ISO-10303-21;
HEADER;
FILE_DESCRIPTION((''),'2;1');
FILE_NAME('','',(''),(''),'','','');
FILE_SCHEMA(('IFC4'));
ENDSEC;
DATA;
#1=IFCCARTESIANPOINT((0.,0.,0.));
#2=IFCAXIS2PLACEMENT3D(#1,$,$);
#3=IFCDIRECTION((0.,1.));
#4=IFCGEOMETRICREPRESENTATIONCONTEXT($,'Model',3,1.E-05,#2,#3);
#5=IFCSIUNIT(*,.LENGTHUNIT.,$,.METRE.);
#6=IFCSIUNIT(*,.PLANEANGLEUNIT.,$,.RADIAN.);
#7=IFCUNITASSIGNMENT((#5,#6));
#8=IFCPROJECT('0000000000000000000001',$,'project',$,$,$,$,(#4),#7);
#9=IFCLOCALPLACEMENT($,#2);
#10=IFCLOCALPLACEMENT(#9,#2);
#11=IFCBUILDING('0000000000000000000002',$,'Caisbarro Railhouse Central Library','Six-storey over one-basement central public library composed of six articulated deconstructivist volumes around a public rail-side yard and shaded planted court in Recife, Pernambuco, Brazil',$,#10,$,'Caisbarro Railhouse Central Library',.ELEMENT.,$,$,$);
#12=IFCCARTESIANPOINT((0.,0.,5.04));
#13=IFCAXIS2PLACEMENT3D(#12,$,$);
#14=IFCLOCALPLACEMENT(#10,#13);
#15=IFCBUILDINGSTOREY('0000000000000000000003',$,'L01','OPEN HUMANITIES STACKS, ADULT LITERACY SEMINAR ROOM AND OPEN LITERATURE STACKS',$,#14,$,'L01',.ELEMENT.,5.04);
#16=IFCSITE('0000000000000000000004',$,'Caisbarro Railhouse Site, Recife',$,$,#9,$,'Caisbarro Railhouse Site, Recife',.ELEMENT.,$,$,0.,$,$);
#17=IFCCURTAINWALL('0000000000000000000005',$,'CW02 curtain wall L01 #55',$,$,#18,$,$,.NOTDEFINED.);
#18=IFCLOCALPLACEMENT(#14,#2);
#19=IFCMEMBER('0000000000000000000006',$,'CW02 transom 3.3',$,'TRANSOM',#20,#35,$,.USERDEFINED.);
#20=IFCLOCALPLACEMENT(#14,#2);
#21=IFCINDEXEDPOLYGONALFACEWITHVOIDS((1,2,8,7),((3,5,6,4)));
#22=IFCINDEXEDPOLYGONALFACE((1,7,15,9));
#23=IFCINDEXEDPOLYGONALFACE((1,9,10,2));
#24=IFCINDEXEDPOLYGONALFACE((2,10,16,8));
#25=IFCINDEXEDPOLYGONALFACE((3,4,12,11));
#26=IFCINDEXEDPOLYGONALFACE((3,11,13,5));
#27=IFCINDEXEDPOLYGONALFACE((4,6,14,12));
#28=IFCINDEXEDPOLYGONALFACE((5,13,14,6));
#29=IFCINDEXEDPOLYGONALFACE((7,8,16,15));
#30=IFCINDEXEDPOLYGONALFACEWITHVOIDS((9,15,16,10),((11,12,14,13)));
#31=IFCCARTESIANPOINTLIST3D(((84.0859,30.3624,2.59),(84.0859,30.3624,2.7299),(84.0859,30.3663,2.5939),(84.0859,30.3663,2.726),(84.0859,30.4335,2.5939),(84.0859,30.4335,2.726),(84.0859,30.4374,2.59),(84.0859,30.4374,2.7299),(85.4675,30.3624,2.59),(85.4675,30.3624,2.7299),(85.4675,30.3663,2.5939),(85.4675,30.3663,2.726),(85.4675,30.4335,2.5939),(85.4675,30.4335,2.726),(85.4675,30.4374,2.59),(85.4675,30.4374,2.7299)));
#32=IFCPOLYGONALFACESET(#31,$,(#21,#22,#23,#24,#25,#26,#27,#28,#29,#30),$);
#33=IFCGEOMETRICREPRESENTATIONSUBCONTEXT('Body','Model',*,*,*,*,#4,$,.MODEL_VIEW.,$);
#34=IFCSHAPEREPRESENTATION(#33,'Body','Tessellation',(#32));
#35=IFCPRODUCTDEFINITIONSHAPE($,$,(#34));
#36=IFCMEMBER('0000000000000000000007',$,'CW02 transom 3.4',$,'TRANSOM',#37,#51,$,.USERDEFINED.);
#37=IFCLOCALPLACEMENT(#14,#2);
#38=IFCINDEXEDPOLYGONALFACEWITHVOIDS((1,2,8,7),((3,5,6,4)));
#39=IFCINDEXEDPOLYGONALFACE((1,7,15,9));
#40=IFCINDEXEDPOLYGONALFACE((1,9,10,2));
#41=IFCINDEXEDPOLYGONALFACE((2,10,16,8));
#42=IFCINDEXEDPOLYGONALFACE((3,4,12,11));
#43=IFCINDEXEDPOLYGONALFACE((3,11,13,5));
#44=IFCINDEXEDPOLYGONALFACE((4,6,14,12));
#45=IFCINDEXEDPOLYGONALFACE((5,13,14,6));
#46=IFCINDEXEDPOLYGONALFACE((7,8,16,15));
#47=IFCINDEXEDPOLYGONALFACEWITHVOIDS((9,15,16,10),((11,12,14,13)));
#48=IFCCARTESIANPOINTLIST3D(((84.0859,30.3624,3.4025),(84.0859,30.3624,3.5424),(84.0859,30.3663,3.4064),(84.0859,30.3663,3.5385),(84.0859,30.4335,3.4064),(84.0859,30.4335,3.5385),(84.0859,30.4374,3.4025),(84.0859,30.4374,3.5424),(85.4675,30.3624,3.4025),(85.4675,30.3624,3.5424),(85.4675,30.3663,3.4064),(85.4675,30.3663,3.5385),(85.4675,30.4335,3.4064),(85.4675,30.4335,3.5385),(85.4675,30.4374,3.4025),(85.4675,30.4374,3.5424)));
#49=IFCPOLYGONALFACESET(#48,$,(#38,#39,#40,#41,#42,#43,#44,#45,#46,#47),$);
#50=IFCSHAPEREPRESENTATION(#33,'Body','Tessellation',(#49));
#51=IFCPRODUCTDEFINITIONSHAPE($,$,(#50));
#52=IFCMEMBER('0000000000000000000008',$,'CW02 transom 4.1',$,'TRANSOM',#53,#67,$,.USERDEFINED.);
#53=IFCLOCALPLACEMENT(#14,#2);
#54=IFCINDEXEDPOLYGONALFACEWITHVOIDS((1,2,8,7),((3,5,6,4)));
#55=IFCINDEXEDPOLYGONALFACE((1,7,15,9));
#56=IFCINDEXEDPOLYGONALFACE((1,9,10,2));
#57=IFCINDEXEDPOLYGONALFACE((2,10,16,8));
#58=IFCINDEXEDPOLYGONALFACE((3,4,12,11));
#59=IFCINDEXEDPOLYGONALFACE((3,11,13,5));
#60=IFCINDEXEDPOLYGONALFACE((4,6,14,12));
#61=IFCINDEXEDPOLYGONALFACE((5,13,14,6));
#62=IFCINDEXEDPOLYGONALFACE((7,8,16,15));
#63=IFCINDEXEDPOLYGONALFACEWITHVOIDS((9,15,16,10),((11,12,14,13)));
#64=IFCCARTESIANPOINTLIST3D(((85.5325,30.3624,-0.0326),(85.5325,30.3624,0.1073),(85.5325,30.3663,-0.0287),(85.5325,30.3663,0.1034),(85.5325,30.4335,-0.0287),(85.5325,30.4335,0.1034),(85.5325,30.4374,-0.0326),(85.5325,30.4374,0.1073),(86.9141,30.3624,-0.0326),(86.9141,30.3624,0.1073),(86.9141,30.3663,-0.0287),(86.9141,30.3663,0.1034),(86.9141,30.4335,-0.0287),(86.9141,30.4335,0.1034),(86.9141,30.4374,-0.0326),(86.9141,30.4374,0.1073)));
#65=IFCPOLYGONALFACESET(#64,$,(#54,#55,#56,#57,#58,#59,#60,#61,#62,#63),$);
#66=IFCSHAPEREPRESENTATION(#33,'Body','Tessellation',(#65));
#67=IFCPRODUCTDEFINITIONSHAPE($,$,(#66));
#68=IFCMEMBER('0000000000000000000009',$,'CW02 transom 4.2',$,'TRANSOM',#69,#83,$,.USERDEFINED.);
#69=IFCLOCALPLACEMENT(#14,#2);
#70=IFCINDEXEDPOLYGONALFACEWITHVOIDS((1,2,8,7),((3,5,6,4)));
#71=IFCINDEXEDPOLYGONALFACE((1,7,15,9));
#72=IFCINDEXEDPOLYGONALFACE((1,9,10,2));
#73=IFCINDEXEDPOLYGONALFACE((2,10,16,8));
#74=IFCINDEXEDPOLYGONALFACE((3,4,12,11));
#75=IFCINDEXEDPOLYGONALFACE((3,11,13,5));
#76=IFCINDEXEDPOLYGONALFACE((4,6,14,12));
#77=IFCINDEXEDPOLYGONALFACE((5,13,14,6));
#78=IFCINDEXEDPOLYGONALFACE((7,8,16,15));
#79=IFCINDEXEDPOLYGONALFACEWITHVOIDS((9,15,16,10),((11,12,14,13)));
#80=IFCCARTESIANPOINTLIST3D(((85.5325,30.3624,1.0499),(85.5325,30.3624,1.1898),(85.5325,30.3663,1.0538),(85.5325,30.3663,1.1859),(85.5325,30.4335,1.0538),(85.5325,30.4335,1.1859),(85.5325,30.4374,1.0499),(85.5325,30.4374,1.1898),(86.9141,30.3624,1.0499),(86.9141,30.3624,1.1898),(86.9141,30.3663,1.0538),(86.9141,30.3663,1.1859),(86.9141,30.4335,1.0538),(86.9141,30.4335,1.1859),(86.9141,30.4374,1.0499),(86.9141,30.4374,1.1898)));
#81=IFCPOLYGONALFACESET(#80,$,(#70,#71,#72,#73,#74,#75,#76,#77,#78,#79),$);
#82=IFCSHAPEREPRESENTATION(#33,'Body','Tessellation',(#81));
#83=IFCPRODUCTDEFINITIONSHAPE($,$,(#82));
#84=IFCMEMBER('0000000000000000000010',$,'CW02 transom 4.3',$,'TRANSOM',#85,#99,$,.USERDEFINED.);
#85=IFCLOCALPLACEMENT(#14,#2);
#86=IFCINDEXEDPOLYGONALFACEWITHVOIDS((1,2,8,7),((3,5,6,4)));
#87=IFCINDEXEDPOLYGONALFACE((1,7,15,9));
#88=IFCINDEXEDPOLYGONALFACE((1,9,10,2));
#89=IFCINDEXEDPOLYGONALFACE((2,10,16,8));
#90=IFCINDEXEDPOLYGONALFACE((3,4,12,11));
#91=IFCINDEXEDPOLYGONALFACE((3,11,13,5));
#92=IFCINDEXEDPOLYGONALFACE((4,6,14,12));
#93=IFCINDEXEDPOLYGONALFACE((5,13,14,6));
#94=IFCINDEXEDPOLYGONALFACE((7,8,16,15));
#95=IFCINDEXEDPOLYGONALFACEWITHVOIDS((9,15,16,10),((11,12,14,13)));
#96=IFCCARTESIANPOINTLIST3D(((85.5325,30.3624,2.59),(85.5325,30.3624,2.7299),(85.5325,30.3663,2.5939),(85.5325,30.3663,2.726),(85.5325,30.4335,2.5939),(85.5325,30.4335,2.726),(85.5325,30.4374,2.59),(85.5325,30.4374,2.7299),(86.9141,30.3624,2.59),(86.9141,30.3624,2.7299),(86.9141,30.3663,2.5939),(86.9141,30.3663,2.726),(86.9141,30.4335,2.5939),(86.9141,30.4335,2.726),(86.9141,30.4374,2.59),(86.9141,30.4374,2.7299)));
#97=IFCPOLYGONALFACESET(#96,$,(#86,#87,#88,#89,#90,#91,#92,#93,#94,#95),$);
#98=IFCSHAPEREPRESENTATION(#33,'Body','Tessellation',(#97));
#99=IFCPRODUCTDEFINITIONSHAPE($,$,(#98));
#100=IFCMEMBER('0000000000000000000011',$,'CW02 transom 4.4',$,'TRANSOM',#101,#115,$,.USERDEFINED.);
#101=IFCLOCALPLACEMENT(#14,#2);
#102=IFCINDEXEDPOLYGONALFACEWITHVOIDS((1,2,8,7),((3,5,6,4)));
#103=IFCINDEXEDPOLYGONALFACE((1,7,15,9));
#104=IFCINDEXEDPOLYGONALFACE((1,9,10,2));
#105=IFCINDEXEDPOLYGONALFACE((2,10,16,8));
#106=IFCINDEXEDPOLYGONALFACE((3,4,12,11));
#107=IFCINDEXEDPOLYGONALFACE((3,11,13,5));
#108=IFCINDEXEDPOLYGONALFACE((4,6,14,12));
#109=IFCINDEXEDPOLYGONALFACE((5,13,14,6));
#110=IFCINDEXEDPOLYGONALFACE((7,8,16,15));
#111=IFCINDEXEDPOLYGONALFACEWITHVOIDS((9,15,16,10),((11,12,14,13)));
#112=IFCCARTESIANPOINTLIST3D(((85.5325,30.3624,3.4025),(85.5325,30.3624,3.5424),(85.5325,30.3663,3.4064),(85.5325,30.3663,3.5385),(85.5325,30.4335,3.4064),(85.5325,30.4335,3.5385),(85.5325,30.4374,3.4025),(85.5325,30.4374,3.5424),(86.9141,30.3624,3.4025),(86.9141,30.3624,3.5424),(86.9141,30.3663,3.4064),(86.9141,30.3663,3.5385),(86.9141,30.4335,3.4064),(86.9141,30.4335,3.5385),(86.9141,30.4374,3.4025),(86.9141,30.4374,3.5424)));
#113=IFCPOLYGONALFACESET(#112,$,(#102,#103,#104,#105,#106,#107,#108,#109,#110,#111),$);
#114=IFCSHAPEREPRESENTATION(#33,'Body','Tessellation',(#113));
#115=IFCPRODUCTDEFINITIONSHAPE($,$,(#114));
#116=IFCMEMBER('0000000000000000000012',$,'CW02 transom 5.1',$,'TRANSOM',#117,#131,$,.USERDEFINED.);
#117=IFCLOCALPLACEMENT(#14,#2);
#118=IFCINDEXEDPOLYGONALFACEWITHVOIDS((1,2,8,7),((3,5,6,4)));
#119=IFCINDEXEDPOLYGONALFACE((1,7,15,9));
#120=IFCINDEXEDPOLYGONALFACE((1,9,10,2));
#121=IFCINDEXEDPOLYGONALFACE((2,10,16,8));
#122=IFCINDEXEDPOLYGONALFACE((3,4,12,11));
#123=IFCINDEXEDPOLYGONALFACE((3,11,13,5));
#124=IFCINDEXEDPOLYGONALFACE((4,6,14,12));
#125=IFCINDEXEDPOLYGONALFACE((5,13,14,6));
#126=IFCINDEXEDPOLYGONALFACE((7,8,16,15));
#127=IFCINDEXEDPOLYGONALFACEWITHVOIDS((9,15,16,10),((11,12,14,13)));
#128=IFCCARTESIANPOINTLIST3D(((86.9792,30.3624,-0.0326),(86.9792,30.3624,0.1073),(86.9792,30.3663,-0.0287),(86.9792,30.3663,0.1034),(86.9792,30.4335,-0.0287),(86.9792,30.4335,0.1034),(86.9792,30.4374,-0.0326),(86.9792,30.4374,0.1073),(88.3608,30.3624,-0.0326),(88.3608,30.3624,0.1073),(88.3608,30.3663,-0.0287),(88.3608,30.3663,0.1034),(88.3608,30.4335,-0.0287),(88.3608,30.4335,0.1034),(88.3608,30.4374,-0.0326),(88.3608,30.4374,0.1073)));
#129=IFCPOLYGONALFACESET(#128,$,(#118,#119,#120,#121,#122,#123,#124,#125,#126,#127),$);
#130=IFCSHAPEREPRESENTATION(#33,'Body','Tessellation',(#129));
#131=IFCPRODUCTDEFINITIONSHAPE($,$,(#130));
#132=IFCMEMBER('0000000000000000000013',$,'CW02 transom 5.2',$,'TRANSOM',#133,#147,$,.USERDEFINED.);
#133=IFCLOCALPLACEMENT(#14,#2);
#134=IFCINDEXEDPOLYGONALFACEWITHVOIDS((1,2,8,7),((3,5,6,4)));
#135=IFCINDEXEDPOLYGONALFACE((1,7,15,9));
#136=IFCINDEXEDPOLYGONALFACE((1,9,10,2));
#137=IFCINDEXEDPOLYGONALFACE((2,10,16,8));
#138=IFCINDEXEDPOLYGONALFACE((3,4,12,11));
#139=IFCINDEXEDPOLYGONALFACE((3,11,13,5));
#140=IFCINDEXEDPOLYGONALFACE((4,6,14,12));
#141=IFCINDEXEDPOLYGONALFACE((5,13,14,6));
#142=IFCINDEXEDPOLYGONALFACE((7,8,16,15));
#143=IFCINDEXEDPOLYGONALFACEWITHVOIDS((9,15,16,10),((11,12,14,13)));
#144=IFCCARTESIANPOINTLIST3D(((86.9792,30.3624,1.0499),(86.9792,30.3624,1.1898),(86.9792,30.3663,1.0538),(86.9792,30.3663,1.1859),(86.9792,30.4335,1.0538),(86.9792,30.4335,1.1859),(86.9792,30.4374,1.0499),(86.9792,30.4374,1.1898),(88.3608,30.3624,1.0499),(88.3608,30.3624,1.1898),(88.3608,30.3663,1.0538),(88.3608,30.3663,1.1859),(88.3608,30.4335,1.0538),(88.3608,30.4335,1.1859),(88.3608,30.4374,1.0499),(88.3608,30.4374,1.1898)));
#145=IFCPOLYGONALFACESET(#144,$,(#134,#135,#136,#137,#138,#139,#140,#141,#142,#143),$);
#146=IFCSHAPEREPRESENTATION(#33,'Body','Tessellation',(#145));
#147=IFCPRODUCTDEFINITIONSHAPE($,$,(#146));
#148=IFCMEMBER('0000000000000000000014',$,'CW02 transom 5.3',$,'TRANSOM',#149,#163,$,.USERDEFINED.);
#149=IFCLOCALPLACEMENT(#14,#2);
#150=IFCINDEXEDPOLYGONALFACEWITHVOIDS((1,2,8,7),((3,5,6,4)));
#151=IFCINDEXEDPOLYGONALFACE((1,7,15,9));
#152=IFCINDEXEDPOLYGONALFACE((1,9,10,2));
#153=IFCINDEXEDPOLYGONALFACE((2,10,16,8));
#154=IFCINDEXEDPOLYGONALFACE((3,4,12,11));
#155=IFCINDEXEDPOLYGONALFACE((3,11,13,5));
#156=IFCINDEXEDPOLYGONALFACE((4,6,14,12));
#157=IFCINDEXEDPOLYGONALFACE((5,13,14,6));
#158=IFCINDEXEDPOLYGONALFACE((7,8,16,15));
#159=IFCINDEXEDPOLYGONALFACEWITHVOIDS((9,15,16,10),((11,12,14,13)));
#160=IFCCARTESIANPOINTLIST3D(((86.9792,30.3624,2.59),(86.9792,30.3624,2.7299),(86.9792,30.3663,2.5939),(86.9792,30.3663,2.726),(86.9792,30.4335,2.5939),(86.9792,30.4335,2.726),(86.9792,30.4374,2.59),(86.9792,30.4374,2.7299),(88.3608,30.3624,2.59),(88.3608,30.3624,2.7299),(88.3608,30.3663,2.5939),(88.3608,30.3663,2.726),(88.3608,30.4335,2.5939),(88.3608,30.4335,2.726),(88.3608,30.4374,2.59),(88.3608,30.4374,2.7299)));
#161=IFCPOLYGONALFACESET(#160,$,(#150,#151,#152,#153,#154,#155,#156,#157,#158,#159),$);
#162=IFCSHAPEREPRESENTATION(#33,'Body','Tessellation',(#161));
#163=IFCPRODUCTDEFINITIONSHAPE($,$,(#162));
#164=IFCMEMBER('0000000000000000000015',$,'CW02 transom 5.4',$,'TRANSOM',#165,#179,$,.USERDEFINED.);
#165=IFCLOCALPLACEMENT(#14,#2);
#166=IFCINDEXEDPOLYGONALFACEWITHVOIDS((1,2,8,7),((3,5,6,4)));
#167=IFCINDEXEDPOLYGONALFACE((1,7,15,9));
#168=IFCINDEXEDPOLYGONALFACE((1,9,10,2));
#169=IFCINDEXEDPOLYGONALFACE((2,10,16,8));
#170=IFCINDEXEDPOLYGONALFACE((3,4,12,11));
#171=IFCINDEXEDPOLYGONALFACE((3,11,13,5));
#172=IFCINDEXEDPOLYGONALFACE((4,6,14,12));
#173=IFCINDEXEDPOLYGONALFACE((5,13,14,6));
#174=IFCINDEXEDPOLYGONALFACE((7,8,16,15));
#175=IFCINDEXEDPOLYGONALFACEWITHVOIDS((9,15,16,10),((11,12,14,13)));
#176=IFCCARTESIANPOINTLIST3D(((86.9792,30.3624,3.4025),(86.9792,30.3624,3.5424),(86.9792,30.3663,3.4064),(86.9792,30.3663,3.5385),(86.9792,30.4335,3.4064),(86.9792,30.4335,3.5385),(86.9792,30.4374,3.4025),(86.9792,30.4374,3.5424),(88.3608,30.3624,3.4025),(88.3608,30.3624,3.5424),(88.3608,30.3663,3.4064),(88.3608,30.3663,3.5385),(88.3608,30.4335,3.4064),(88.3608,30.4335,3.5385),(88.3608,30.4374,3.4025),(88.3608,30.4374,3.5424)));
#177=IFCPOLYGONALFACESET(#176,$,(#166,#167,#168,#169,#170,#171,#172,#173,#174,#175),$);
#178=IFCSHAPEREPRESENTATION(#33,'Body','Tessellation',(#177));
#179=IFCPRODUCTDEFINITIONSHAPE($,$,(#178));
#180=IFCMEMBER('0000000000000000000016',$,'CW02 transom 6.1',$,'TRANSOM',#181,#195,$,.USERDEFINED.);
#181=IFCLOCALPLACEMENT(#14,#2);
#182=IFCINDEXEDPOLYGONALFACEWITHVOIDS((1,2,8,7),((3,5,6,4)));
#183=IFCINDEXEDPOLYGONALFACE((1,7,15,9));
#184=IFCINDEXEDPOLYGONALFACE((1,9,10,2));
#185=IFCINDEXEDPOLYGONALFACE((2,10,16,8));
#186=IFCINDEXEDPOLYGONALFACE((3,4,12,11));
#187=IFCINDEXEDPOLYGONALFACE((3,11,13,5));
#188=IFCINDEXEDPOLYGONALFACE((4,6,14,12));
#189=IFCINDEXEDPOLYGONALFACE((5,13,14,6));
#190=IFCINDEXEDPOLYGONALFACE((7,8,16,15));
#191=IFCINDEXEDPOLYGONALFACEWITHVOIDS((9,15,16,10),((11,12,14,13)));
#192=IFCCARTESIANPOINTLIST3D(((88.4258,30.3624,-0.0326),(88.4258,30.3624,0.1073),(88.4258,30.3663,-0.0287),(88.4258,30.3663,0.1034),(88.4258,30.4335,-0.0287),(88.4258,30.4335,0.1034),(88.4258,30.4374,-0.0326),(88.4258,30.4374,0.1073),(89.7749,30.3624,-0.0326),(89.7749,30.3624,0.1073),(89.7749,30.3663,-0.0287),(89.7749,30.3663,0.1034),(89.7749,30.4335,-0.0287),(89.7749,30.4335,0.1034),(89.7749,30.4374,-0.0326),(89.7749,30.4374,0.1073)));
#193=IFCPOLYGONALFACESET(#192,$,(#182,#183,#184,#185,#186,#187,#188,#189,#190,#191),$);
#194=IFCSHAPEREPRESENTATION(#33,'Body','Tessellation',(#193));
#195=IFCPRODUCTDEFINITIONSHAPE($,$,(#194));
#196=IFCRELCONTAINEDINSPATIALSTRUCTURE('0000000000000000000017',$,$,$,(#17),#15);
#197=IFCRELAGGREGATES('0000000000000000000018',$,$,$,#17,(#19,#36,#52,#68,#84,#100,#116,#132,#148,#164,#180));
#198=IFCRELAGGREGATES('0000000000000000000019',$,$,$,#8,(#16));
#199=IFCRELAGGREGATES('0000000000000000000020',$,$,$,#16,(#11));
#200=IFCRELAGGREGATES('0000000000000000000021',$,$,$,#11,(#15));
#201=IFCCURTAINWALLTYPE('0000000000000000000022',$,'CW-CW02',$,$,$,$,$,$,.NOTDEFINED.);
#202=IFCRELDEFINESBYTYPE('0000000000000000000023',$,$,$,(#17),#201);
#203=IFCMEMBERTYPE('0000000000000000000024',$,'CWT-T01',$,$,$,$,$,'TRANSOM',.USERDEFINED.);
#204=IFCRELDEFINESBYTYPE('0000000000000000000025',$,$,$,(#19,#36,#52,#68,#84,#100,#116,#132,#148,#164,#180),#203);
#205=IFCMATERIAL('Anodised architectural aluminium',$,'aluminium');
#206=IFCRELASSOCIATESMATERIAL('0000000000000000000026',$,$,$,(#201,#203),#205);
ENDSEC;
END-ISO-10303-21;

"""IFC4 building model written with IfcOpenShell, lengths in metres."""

from ifc_helpers import new_model, si_unit, direction, frame, origin, origin_2d, place, context, subcontext, project, spatial, hollow_rectangle, extrude, material, material_profile, profile_set, type_object, element, aggregate, save


model = new_model("IFC4")

# Units and contexts
model_context = context("Model", 3, precision=1e-05, world=origin(), true_north=direction((0.0, 1.0)))
body_context = subcontext(model_context, "Body", "Model", "MODEL_VIEW")
ifc_project = project(units=[si_unit("LENGTHUNIT", "METRE"), si_unit("PLANEANGLEUNIT", "RADIAN")], contexts=[model_context])

# Site, building, storey
site_placement = place(None, origin())
site = spatial("IfcSite", under=ifc_project, at=site_placement, Name="Caisbarro Railhouse Site, Recife", LongName="Caisbarro Railhouse Site, Recife", CompositionType="ELEMENT", RefElevation=0.0)
building_placement = place(site_placement, origin())
building = spatial("IfcBuilding", under=site, at=building_placement, Name="Caisbarro Railhouse Central Library", Description="Six-storey over one-basement central public library composed of six articulated deconstructivist volumes around a public rail-side yard and shaded planted court in Recife, Pernambuco, Brazil", LongName="Caisbarro Railhouse Central Library", CompositionType="ELEMENT")
storey_placement = place(building_placement, frame((0.0, 0.0, 5.04)))
storey = spatial("IfcBuildingStorey", under=building, at=storey_placement, Name="L01", Description="OPEN HUMANITIES STACKS, ADULT LITERACY SEMINAR ROOM AND OPEN LITERATURE STACKS", LongName="L01", CompositionType="ELEMENT", Elevation=5.04)

# Curtain wall, members
ifc_material_1 = material(Name="Anodised architectural aluminium", Category="aluminium")
curtain_wall_type = type_object("IfcCurtainWallType", Name="CW-CW02", PredefinedType="NOTDEFINED", material=ifc_material_1)
curtain_wall_placement = place(storey_placement, origin())
curtain_wall = element("IfcCurtainWall", 1, at=curtain_wall_placement, inside=storey, type_object=curtain_wall_type, Name="CW02 curtain wall L01 #55", PredefinedType="NOTDEFINED")
ifc_material_profile_1 = material_profile(ifc_material_1, hollow_rectangle(XDim=0.075, YDim=0.1399, WallThickness=0.0039, at=origin_2d()), Name="ALU-TRN-75X140")
ifc_profile_set_1 = profile_set([ifc_material_profile_1], Name="Anodised architectural aluminium")
member_type_1 = type_object("IfcMemberType", Name="CWT-T01", ElementType="TRANSOM", PredefinedType="USERDEFINED", material=ifc_profile_set_1)
member_1_placement = place(storey_placement, frame((84.0859, 30.3999, 2.6599), z_axis=(1.0, 0.0, 0.0), x_axis=(0.0, 1.0, 0.0)))
member_1 = element("IfcMember", 2, at=member_1_placement, type_object=member_type_1, Name="CW02 transom 3.3", ObjectType="TRANSOM", PredefinedType="USERDEFINED", context=body_context, shape_type="SweptSolid", body=[
    extrude(hollow_rectangle(XDim=0.075, YDim=0.1399, WallThickness=0.0039, at=origin_2d()), origin(), (0.0, 0.0, 1.0), 1.3816),
])
member_2_placement = place(storey_placement, frame((84.0859, 30.3999, 3.4724), z_axis=(1.0, 0.0, 0.0), x_axis=(0.0, 1.0, 0.0)))
member_2 = element("IfcMember", 3, at=member_2_placement, type_object=member_type_1, Name="CW02 transom 3.4", ObjectType="TRANSOM", PredefinedType="USERDEFINED", context=body_context, shape_type="SweptSolid", body=[
    extrude(hollow_rectangle(XDim=0.075, YDim=0.1399, WallThickness=0.0039, at=origin_2d()), origin(), (0.0, 0.0, 1.0), 1.3816),
])
member_3_placement = place(storey_placement, frame((85.5325, 30.3999, 0.0374), z_axis=(1.0, 0.0, 0.0), x_axis=(0.0, 1.0, 0.0)))
member_3 = element("IfcMember", 4, at=member_3_placement, type_object=member_type_1, Name="CW02 transom 4.1", ObjectType="TRANSOM", PredefinedType="USERDEFINED", context=body_context, shape_type="SweptSolid", body=[
    extrude(hollow_rectangle(XDim=0.075, YDim=0.1399, WallThickness=0.0039, at=origin_2d()), origin(), (0.0, 0.0, 1.0), 1.3816),
])
member_4_placement = place(storey_placement, frame((85.5325, 30.3999, 1.1199), z_axis=(1.0, 0.0, 0.0), x_axis=(0.0, 1.0, 0.0)))
member_4 = element("IfcMember", 5, at=member_4_placement, type_object=member_type_1, Name="CW02 transom 4.2", ObjectType="TRANSOM", PredefinedType="USERDEFINED", context=body_context, shape_type="SweptSolid", body=[
    extrude(hollow_rectangle(XDim=0.075, YDim=0.1399, WallThickness=0.0039, at=origin_2d()), origin(), (0.0, 0.0, 1.0), 1.3816),
])
member_5_placement = place(storey_placement, frame((85.5325, 30.3999, 2.6599), z_axis=(1.0, 0.0, 0.0), x_axis=(0.0, 1.0, 0.0)))
member_5 = element("IfcMember", 6, at=member_5_placement, type_object=member_type_1, Name="CW02 transom 4.3", ObjectType="TRANSOM", PredefinedType="USERDEFINED", context=body_context, shape_type="SweptSolid", body=[
    extrude(hollow_rectangle(XDim=0.075, YDim=0.1399, WallThickness=0.0039, at=origin_2d()), origin(), (0.0, 0.0, 1.0), 1.3816),
])
member_6_placement = place(storey_placement, frame((85.5325, 30.3999, 3.4724), z_axis=(1.0, 0.0, 0.0), x_axis=(0.0, 1.0, 0.0)))
member_6 = element("IfcMember", 7, at=member_6_placement, type_object=member_type_1, Name="CW02 transom 4.4", ObjectType="TRANSOM", PredefinedType="USERDEFINED", context=body_context, shape_type="SweptSolid", body=[
    extrude(hollow_rectangle(XDim=0.075, YDim=0.1399, WallThickness=0.0039, at=origin_2d()), origin(), (0.0, 0.0, 1.0), 1.3816),
])
member_7_placement = place(storey_placement, frame((86.9792, 30.3999, 0.0374), z_axis=(1.0, 0.0, 0.0), x_axis=(0.0, 1.0, 0.0)))
member_7 = element("IfcMember", 8, at=member_7_placement, type_object=member_type_1, Name="CW02 transom 5.1", ObjectType="TRANSOM", PredefinedType="USERDEFINED", context=body_context, shape_type="SweptSolid", body=[
    extrude(hollow_rectangle(XDim=0.075, YDim=0.1399, WallThickness=0.0039, at=origin_2d()), origin(), (0.0, 0.0, 1.0), 1.3816),
])
member_8_placement = place(storey_placement, frame((86.9792, 30.3999, 1.1199), z_axis=(1.0, 0.0, 0.0), x_axis=(0.0, 1.0, 0.0)))
member_8 = element("IfcMember", 9, at=member_8_placement, type_object=member_type_1, Name="CW02 transom 5.2", ObjectType="TRANSOM", PredefinedType="USERDEFINED", context=body_context, shape_type="SweptSolid", body=[
    extrude(hollow_rectangle(XDim=0.075, YDim=0.1399, WallThickness=0.0039, at=origin_2d()), origin(), (0.0, 0.0, 1.0), 1.3816),
])
member_9_placement = place(storey_placement, frame((86.9792, 30.3999, 2.6599), z_axis=(1.0, 0.0, 0.0), x_axis=(0.0, 1.0, 0.0)))
member_9 = element("IfcMember", 10, at=member_9_placement, type_object=member_type_1, Name="CW02 transom 5.3", ObjectType="TRANSOM", PredefinedType="USERDEFINED", context=body_context, shape_type="SweptSolid", body=[
    extrude(hollow_rectangle(XDim=0.075, YDim=0.1399, WallThickness=0.0039, at=origin_2d()), origin(), (0.0, 0.0, 1.0), 1.3816),
])
member_10_placement = place(storey_placement, frame((86.9792, 30.3999, 3.4724), z_axis=(1.0, 0.0, 0.0), x_axis=(0.0, 1.0, 0.0)))
member_10 = element("IfcMember", 11, at=member_10_placement, type_object=member_type_1, Name="CW02 transom 5.4", ObjectType="TRANSOM", PredefinedType="USERDEFINED", context=body_context, shape_type="SweptSolid", body=[
    extrude(hollow_rectangle(XDim=0.075, YDim=0.1399, WallThickness=0.0039, at=origin_2d()), origin(), (0.0, 0.0, 1.0), 1.3816),
])
member_11_placement = place(storey_placement, frame((88.4258, 30.3999, 0.0374), z_axis=(1.0, 0.0, 0.0), x_axis=(0.0, 1.0, 0.0)))
member_11 = element("IfcMember", 12, at=member_11_placement, type_object=member_type_1, Name="CW02 transom 6.1", ObjectType="TRANSOM", PredefinedType="USERDEFINED", context=body_context, shape_type="SweptSolid", body=[
    extrude(hollow_rectangle(XDim=0.075, YDim=0.1399, WallThickness=0.0039, at=origin_2d()), origin(), (0.0, 0.0, 1.0), 1.3491),
])
aggregate(curtain_wall, [member_1, member_2, member_3, member_4, member_5, member_6, member_7, member_8, member_9, member_10, member_11])

save(model, "model.ifc")
